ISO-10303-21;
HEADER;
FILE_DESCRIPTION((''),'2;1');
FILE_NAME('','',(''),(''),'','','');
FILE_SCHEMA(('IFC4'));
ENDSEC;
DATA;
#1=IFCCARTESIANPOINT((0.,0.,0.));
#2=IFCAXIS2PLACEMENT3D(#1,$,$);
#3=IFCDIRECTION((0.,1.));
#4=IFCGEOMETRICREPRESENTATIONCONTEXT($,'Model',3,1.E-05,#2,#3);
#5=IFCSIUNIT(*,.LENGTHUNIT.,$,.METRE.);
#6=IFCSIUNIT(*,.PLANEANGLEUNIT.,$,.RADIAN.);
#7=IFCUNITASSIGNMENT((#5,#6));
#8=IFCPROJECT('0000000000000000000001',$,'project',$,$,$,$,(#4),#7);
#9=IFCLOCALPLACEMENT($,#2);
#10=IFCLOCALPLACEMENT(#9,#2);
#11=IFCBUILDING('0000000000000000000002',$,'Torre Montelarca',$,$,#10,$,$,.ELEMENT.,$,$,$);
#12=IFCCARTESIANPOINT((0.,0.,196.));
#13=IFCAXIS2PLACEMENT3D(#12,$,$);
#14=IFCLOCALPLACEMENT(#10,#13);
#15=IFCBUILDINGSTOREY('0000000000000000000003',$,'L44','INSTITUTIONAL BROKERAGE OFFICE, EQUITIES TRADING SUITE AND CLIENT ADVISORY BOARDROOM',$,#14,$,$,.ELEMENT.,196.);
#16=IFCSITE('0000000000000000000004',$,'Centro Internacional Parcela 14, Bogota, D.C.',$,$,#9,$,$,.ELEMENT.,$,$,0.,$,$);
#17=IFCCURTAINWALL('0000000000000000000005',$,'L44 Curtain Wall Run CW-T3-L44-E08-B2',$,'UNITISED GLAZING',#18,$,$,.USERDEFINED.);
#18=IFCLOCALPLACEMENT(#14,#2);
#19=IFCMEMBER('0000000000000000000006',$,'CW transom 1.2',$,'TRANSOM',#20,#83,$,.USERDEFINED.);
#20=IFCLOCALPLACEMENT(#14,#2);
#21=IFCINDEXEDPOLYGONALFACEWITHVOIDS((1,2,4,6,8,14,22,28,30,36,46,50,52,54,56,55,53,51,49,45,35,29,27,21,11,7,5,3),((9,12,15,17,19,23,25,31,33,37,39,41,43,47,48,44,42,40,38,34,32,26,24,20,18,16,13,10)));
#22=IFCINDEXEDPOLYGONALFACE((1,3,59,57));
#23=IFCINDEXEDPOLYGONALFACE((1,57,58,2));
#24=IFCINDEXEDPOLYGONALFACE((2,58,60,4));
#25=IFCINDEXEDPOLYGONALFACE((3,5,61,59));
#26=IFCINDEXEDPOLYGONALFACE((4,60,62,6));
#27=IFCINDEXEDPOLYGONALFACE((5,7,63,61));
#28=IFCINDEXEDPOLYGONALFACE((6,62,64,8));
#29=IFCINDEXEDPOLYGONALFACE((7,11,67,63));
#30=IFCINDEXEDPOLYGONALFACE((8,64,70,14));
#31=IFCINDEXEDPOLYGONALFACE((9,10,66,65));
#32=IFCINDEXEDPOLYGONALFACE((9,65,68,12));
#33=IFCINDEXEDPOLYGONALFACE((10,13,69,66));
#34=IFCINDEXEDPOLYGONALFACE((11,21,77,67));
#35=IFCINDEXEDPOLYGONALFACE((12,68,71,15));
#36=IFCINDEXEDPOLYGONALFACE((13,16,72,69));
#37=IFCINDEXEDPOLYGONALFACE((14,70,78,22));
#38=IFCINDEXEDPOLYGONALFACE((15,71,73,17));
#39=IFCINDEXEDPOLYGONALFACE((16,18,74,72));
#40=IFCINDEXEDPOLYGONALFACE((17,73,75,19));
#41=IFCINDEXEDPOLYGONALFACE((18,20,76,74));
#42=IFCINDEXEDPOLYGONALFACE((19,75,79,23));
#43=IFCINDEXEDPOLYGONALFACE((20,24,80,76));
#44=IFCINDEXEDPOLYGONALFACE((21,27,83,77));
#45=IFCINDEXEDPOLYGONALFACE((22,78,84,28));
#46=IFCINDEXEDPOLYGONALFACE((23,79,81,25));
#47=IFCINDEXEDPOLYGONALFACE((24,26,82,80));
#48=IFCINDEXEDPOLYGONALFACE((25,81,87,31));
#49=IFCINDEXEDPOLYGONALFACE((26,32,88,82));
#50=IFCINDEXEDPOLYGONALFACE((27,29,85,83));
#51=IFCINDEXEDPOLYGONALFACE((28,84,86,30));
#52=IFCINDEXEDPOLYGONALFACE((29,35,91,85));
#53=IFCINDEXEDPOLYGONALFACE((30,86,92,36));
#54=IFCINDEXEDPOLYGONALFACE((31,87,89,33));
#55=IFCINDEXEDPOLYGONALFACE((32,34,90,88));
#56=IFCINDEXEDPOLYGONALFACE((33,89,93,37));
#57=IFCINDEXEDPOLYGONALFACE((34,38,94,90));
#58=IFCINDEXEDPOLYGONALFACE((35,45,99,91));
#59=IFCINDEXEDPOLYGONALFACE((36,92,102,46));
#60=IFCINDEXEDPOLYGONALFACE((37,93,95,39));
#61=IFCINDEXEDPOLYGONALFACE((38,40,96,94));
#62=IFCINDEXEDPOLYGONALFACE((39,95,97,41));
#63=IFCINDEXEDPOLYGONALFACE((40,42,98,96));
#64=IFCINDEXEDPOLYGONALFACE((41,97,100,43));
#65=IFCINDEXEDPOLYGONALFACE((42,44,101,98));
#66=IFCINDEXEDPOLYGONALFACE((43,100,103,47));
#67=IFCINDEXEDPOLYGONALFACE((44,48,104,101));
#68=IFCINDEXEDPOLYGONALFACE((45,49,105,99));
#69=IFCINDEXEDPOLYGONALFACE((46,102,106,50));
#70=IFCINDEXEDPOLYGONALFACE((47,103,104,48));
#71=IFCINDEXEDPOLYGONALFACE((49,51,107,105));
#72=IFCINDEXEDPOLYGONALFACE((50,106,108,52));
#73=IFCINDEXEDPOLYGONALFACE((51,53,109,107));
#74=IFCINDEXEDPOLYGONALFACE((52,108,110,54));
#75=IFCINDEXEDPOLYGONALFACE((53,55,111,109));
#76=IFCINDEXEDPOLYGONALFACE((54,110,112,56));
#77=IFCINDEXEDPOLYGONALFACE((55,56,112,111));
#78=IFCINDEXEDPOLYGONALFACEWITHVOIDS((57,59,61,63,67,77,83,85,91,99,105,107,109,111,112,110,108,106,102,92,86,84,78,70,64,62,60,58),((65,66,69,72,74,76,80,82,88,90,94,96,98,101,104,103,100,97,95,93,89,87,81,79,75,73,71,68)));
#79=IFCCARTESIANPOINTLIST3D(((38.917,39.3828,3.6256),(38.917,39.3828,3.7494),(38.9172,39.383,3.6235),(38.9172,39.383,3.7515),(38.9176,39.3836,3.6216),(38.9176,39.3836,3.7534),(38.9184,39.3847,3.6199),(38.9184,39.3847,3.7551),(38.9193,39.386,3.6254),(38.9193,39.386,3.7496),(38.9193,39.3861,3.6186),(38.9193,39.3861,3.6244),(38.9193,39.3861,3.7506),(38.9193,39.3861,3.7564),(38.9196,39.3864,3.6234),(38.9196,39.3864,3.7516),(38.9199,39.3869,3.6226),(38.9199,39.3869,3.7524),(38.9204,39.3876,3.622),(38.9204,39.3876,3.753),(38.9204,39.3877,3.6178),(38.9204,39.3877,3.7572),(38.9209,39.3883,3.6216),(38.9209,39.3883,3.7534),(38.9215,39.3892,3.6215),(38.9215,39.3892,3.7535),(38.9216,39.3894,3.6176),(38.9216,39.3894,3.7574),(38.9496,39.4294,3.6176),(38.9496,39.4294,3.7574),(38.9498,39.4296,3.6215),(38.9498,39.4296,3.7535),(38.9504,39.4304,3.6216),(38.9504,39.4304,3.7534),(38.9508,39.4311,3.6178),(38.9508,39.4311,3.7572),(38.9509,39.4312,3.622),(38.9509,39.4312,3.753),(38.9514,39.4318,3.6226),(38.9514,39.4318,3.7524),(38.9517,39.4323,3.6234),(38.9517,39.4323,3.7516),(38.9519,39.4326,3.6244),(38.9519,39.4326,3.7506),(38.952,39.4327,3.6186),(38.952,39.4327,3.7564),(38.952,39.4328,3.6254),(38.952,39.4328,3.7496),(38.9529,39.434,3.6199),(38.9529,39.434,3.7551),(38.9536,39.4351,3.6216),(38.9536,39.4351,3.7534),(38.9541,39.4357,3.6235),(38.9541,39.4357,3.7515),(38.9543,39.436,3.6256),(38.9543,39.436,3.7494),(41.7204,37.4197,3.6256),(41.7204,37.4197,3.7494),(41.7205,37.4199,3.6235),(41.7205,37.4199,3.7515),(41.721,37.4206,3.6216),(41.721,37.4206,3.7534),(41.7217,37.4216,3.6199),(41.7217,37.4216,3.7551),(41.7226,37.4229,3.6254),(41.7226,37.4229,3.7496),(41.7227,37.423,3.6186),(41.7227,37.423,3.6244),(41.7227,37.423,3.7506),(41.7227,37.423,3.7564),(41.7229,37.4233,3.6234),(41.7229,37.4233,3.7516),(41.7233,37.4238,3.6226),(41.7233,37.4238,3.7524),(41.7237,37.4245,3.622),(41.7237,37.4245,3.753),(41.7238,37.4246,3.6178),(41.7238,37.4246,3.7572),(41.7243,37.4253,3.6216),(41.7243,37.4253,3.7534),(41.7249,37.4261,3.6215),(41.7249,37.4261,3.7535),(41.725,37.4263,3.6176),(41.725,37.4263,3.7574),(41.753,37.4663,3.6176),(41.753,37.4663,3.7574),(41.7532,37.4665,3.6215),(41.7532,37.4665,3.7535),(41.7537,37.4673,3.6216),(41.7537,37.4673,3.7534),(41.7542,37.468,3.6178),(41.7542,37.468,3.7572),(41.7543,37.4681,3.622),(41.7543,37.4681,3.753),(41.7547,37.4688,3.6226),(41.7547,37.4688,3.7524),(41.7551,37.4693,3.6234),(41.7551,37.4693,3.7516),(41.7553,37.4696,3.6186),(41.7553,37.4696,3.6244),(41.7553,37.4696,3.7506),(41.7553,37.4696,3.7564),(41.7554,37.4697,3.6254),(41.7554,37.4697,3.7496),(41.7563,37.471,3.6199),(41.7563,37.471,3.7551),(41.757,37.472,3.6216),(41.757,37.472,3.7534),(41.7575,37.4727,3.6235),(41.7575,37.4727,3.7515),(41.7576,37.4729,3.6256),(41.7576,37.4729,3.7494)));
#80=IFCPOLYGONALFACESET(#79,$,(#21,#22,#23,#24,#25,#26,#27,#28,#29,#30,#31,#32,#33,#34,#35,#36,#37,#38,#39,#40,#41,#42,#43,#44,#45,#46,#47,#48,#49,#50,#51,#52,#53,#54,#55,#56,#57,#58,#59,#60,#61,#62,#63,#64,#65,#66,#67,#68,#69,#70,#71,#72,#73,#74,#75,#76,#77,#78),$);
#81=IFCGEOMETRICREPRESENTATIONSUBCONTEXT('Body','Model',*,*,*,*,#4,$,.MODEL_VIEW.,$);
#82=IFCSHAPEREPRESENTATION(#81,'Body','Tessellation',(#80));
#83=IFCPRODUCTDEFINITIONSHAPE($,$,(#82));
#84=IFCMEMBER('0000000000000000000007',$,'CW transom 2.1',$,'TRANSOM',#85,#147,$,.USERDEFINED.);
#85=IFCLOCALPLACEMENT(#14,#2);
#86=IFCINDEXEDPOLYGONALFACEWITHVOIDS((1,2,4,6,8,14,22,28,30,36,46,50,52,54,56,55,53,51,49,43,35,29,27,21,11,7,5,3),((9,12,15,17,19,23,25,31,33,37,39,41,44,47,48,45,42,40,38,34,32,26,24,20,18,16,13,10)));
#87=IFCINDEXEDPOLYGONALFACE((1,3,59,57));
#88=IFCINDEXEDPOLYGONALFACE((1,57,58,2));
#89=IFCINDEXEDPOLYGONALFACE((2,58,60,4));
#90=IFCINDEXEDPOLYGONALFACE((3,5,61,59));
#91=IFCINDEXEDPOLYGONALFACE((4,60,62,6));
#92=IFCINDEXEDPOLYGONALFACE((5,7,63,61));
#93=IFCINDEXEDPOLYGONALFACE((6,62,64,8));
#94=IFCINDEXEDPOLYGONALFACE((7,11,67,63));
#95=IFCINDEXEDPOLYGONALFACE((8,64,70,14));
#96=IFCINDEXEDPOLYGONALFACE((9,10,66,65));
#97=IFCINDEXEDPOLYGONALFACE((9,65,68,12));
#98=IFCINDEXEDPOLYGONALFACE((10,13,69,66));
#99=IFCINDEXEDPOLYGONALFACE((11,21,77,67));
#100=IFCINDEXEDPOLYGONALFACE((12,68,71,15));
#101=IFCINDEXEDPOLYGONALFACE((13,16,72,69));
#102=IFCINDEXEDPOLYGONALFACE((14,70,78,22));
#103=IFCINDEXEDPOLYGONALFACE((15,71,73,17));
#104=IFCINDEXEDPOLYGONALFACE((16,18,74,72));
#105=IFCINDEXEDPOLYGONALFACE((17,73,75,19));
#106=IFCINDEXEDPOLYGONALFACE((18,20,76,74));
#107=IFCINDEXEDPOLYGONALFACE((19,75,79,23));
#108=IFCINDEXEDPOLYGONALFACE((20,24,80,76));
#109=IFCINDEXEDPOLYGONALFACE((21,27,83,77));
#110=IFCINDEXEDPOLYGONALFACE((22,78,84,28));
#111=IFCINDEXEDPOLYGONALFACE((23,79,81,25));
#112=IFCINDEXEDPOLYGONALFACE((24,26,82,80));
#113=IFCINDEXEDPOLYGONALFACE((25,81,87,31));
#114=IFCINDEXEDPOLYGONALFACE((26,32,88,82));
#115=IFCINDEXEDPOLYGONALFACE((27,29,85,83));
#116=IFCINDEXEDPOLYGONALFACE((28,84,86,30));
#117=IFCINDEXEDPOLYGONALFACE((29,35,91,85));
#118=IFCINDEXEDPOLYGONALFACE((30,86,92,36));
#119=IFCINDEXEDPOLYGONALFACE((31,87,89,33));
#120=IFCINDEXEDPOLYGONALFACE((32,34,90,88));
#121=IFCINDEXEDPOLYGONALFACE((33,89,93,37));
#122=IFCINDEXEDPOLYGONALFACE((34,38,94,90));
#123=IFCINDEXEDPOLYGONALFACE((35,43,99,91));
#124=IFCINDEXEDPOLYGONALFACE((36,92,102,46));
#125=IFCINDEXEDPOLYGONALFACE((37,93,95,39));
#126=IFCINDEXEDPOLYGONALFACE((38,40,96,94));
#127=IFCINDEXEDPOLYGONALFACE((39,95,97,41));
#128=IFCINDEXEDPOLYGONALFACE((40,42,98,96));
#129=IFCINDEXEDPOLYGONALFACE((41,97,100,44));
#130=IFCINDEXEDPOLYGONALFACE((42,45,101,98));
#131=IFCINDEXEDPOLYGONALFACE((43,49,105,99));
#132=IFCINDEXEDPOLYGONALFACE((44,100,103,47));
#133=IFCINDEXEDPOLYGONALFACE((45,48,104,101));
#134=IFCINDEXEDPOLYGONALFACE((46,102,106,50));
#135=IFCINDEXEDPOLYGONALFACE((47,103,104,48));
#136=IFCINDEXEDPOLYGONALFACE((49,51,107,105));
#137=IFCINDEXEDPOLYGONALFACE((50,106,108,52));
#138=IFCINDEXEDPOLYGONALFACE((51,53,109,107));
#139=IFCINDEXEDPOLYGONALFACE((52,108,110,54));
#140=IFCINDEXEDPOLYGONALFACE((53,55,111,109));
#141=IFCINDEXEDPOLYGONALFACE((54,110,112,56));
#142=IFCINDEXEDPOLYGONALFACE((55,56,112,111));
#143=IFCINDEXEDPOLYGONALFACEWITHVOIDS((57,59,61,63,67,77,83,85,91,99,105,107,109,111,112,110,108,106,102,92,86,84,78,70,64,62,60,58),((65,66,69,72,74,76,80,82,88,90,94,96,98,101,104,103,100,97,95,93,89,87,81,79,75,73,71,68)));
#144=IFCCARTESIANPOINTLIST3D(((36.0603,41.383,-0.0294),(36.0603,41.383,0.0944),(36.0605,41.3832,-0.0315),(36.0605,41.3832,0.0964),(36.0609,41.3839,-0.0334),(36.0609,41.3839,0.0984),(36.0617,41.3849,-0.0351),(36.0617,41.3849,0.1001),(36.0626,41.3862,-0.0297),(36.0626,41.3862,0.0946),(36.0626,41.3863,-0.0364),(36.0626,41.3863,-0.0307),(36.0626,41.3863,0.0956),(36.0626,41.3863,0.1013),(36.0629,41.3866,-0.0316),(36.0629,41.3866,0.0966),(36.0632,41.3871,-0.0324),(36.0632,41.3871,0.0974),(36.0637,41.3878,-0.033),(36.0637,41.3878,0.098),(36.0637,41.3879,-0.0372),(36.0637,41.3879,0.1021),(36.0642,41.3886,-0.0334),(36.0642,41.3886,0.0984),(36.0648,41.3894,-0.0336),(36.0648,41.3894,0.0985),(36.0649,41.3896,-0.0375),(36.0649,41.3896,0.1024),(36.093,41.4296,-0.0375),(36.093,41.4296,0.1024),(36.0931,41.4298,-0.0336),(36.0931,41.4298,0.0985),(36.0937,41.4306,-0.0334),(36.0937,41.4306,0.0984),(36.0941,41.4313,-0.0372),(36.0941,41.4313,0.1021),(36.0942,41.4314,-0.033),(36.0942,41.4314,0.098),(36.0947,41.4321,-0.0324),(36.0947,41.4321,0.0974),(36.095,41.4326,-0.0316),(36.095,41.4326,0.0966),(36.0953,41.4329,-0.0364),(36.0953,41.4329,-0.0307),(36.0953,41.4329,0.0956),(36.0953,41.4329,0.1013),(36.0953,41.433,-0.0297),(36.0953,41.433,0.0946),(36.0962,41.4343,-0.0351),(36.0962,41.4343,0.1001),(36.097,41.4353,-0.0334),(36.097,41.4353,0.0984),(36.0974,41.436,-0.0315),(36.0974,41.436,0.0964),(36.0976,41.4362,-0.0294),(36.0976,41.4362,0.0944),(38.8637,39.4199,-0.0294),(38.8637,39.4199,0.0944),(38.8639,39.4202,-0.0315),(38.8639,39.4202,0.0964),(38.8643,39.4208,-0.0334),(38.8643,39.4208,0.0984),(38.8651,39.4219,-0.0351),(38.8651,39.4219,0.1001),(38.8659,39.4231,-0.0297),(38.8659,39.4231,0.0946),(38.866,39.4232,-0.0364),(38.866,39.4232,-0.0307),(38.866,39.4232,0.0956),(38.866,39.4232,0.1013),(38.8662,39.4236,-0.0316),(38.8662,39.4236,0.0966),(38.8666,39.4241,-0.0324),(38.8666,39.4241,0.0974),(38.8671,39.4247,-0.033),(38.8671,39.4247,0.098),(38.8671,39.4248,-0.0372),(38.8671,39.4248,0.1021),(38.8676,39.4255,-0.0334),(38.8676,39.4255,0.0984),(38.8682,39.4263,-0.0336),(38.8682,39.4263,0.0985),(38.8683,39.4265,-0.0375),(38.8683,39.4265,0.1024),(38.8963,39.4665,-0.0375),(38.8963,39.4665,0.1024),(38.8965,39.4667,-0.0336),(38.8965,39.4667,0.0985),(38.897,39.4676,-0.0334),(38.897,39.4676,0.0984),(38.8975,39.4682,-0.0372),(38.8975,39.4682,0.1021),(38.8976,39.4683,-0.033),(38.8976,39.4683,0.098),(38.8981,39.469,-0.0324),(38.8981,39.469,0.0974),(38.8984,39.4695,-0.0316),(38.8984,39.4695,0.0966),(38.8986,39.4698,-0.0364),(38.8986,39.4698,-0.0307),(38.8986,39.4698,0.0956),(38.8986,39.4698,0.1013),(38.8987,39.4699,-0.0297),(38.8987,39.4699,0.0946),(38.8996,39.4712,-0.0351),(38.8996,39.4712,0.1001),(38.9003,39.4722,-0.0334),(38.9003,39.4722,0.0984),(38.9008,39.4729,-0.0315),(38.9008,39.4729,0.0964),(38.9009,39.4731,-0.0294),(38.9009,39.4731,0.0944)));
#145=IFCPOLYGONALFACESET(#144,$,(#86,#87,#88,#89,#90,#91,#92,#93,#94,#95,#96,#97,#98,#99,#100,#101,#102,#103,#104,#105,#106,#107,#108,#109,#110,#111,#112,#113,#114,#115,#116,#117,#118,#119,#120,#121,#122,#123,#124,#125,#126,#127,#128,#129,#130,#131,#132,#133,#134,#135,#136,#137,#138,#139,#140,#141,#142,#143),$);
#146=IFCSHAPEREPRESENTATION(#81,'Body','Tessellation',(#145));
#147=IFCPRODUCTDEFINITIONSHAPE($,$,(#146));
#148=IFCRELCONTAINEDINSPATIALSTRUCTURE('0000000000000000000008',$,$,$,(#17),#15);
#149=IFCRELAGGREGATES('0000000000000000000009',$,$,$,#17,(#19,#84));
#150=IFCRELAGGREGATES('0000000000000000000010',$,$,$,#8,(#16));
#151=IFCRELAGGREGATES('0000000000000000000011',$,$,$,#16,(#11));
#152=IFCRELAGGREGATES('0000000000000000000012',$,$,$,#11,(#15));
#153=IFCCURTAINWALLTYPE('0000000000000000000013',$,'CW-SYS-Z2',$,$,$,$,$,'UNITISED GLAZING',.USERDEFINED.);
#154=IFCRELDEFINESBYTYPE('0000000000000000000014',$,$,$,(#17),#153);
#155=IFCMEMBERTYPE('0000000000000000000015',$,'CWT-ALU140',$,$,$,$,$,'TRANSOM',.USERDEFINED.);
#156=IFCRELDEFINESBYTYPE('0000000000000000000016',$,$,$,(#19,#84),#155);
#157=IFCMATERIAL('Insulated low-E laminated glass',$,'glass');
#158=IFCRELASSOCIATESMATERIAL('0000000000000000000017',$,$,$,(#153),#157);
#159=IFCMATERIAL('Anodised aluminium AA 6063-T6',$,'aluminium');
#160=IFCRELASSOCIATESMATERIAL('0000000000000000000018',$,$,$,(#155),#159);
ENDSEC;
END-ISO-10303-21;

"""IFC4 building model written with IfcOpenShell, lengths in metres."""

from ifc_helpers import new_model, si_unit, direction, frame, origin, origin_2d, place, context, subcontext, project, spatial, hollow_rectangle, extrude, source, transform, mapped, material, material_profile, profile_set, type_object, element, aggregate, save


model = new_model("IFC4")

# Units and contexts
model_context = context("Model", 3, precision=1e-05, world=origin(), true_north=direction((0.0, 1.0)))
body_context = subcontext(model_context, "Body", "Model", "MODEL_VIEW")
ifc_project = project(units=[si_unit("LENGTHUNIT", "METRE"), si_unit("PLANEANGLEUNIT", "RADIAN")], contexts=[model_context])

# Site, building, storey
site_placement = place(None, origin())
site = spatial("IfcSite", under=ifc_project, at=site_placement, Name="Centro Internacional Parcela 14, Bogota, D.C.", CompositionType="ELEMENT", RefElevation=0.0)
building_placement = place(site_placement, origin())
building = spatial("IfcBuilding", under=site, at=building_placement, Name="Torre Montelarca", CompositionType="ELEMENT")
storey_placement = place(building_placement, frame((0.0, 0.0, 196.0)))
storey = spatial("IfcBuildingStorey", under=building, at=storey_placement, Name="L44", Description="INSTITUTIONAL BROKERAGE OFFICE, EQUITIES TRADING SUITE AND CLIENT ADVISORY BOARDROOM", CompositionType="ELEMENT", Elevation=196.0)

# Curtain wall
ifc_material_1 = material(Name="Insulated low-E laminated glass", Category="glass")
curtain_wall_type = type_object("IfcCurtainWallType", Name="CW-SYS-Z2", ElementType="UNITISED GLAZING", PredefinedType="USERDEFINED", material=ifc_material_1)
ifc_material_2 = material(Name="Anodised aluminium AA 6063-T6", Category="aluminium")
ifc_material_profile_1 = material_profile(ifc_material_2, hollow_rectangle(XDim=0.0649, YDim=0.1399, WallThickness=0.0039, InnerFilletRadius=0.0039, OuterFilletRadius=0.0081, at=origin_2d()), Name="ALU65X140X4", Category="aluminium")
ifc_profile_set_1 = profile_set([ifc_material_profile_1], Name="Anodised aluminium AA 6063-T6")
member_type_1 = type_object("IfcMemberType", Name="CWT-ALU140", ElementType="TRANSOM", PredefinedType="USERDEFINED", material=ifc_profile_set_1)
curtain_wall_1_placement = place(storey_placement, origin())
curtain_wall_1 = element("IfcCurtainWall", 1, at=curtain_wall_1_placement, inside=storey, type_object=curtain_wall_type, Name="L44 Curtain Wall Run CW-T3-L44-E08-B2", ObjectType="UNITISED GLAZING", PredefinedType="USERDEFINED")

# Members
shared_shape_1 = source(origin(), body_context, "Body", "SweptSolid", [
    extrude(hollow_rectangle(XDim=0.0649, YDim=0.1399, WallThickness=0.0039, InnerFilletRadius=0.0039, OuterFilletRadius=0.0081, at=origin_2d()), origin(), (0.0, 0.0, 1.0), 3.4224),
])
member_1_placement = place(storey_placement, frame((41.739, 37.4463, 3.6875), z_axis=(-0.819135, 0.573601, 0.0), x_axis=(-0.573601, -0.819135, 0.0)))
member_1 = element("IfcMember", 2, at=member_1_placement, type_object=member_type_1, Name="CW transom 1.2", ObjectType="TRANSOM", PredefinedType="USERDEFINED", context=body_context, shape_type="MappedRepresentation", body=[
    mapped(shared_shape_1, transform((0.0, 0.0, 0.0), scale=1.0)),
])
member_2_placement = place(storey_placement, frame((38.8823, 39.4465, 0.0325), z_axis=(-0.819135, 0.573601, 0.0), x_axis=(-0.573601, -0.819135, 0.0)))
member_2 = element("IfcMember", 3, at=member_2_placement, type_object=member_type_1, Name="CW transom 2.1", ObjectType="TRANSOM", PredefinedType="USERDEFINED", context=body_context, shape_type="MappedRepresentation", body=[
    mapped(shared_shape_1, transform((0.0, 0.0, 0.0), scale=1.0)),
])

aggregate(curtain_wall_1, [member_1, member_2])

save(model, "model.ifc")
